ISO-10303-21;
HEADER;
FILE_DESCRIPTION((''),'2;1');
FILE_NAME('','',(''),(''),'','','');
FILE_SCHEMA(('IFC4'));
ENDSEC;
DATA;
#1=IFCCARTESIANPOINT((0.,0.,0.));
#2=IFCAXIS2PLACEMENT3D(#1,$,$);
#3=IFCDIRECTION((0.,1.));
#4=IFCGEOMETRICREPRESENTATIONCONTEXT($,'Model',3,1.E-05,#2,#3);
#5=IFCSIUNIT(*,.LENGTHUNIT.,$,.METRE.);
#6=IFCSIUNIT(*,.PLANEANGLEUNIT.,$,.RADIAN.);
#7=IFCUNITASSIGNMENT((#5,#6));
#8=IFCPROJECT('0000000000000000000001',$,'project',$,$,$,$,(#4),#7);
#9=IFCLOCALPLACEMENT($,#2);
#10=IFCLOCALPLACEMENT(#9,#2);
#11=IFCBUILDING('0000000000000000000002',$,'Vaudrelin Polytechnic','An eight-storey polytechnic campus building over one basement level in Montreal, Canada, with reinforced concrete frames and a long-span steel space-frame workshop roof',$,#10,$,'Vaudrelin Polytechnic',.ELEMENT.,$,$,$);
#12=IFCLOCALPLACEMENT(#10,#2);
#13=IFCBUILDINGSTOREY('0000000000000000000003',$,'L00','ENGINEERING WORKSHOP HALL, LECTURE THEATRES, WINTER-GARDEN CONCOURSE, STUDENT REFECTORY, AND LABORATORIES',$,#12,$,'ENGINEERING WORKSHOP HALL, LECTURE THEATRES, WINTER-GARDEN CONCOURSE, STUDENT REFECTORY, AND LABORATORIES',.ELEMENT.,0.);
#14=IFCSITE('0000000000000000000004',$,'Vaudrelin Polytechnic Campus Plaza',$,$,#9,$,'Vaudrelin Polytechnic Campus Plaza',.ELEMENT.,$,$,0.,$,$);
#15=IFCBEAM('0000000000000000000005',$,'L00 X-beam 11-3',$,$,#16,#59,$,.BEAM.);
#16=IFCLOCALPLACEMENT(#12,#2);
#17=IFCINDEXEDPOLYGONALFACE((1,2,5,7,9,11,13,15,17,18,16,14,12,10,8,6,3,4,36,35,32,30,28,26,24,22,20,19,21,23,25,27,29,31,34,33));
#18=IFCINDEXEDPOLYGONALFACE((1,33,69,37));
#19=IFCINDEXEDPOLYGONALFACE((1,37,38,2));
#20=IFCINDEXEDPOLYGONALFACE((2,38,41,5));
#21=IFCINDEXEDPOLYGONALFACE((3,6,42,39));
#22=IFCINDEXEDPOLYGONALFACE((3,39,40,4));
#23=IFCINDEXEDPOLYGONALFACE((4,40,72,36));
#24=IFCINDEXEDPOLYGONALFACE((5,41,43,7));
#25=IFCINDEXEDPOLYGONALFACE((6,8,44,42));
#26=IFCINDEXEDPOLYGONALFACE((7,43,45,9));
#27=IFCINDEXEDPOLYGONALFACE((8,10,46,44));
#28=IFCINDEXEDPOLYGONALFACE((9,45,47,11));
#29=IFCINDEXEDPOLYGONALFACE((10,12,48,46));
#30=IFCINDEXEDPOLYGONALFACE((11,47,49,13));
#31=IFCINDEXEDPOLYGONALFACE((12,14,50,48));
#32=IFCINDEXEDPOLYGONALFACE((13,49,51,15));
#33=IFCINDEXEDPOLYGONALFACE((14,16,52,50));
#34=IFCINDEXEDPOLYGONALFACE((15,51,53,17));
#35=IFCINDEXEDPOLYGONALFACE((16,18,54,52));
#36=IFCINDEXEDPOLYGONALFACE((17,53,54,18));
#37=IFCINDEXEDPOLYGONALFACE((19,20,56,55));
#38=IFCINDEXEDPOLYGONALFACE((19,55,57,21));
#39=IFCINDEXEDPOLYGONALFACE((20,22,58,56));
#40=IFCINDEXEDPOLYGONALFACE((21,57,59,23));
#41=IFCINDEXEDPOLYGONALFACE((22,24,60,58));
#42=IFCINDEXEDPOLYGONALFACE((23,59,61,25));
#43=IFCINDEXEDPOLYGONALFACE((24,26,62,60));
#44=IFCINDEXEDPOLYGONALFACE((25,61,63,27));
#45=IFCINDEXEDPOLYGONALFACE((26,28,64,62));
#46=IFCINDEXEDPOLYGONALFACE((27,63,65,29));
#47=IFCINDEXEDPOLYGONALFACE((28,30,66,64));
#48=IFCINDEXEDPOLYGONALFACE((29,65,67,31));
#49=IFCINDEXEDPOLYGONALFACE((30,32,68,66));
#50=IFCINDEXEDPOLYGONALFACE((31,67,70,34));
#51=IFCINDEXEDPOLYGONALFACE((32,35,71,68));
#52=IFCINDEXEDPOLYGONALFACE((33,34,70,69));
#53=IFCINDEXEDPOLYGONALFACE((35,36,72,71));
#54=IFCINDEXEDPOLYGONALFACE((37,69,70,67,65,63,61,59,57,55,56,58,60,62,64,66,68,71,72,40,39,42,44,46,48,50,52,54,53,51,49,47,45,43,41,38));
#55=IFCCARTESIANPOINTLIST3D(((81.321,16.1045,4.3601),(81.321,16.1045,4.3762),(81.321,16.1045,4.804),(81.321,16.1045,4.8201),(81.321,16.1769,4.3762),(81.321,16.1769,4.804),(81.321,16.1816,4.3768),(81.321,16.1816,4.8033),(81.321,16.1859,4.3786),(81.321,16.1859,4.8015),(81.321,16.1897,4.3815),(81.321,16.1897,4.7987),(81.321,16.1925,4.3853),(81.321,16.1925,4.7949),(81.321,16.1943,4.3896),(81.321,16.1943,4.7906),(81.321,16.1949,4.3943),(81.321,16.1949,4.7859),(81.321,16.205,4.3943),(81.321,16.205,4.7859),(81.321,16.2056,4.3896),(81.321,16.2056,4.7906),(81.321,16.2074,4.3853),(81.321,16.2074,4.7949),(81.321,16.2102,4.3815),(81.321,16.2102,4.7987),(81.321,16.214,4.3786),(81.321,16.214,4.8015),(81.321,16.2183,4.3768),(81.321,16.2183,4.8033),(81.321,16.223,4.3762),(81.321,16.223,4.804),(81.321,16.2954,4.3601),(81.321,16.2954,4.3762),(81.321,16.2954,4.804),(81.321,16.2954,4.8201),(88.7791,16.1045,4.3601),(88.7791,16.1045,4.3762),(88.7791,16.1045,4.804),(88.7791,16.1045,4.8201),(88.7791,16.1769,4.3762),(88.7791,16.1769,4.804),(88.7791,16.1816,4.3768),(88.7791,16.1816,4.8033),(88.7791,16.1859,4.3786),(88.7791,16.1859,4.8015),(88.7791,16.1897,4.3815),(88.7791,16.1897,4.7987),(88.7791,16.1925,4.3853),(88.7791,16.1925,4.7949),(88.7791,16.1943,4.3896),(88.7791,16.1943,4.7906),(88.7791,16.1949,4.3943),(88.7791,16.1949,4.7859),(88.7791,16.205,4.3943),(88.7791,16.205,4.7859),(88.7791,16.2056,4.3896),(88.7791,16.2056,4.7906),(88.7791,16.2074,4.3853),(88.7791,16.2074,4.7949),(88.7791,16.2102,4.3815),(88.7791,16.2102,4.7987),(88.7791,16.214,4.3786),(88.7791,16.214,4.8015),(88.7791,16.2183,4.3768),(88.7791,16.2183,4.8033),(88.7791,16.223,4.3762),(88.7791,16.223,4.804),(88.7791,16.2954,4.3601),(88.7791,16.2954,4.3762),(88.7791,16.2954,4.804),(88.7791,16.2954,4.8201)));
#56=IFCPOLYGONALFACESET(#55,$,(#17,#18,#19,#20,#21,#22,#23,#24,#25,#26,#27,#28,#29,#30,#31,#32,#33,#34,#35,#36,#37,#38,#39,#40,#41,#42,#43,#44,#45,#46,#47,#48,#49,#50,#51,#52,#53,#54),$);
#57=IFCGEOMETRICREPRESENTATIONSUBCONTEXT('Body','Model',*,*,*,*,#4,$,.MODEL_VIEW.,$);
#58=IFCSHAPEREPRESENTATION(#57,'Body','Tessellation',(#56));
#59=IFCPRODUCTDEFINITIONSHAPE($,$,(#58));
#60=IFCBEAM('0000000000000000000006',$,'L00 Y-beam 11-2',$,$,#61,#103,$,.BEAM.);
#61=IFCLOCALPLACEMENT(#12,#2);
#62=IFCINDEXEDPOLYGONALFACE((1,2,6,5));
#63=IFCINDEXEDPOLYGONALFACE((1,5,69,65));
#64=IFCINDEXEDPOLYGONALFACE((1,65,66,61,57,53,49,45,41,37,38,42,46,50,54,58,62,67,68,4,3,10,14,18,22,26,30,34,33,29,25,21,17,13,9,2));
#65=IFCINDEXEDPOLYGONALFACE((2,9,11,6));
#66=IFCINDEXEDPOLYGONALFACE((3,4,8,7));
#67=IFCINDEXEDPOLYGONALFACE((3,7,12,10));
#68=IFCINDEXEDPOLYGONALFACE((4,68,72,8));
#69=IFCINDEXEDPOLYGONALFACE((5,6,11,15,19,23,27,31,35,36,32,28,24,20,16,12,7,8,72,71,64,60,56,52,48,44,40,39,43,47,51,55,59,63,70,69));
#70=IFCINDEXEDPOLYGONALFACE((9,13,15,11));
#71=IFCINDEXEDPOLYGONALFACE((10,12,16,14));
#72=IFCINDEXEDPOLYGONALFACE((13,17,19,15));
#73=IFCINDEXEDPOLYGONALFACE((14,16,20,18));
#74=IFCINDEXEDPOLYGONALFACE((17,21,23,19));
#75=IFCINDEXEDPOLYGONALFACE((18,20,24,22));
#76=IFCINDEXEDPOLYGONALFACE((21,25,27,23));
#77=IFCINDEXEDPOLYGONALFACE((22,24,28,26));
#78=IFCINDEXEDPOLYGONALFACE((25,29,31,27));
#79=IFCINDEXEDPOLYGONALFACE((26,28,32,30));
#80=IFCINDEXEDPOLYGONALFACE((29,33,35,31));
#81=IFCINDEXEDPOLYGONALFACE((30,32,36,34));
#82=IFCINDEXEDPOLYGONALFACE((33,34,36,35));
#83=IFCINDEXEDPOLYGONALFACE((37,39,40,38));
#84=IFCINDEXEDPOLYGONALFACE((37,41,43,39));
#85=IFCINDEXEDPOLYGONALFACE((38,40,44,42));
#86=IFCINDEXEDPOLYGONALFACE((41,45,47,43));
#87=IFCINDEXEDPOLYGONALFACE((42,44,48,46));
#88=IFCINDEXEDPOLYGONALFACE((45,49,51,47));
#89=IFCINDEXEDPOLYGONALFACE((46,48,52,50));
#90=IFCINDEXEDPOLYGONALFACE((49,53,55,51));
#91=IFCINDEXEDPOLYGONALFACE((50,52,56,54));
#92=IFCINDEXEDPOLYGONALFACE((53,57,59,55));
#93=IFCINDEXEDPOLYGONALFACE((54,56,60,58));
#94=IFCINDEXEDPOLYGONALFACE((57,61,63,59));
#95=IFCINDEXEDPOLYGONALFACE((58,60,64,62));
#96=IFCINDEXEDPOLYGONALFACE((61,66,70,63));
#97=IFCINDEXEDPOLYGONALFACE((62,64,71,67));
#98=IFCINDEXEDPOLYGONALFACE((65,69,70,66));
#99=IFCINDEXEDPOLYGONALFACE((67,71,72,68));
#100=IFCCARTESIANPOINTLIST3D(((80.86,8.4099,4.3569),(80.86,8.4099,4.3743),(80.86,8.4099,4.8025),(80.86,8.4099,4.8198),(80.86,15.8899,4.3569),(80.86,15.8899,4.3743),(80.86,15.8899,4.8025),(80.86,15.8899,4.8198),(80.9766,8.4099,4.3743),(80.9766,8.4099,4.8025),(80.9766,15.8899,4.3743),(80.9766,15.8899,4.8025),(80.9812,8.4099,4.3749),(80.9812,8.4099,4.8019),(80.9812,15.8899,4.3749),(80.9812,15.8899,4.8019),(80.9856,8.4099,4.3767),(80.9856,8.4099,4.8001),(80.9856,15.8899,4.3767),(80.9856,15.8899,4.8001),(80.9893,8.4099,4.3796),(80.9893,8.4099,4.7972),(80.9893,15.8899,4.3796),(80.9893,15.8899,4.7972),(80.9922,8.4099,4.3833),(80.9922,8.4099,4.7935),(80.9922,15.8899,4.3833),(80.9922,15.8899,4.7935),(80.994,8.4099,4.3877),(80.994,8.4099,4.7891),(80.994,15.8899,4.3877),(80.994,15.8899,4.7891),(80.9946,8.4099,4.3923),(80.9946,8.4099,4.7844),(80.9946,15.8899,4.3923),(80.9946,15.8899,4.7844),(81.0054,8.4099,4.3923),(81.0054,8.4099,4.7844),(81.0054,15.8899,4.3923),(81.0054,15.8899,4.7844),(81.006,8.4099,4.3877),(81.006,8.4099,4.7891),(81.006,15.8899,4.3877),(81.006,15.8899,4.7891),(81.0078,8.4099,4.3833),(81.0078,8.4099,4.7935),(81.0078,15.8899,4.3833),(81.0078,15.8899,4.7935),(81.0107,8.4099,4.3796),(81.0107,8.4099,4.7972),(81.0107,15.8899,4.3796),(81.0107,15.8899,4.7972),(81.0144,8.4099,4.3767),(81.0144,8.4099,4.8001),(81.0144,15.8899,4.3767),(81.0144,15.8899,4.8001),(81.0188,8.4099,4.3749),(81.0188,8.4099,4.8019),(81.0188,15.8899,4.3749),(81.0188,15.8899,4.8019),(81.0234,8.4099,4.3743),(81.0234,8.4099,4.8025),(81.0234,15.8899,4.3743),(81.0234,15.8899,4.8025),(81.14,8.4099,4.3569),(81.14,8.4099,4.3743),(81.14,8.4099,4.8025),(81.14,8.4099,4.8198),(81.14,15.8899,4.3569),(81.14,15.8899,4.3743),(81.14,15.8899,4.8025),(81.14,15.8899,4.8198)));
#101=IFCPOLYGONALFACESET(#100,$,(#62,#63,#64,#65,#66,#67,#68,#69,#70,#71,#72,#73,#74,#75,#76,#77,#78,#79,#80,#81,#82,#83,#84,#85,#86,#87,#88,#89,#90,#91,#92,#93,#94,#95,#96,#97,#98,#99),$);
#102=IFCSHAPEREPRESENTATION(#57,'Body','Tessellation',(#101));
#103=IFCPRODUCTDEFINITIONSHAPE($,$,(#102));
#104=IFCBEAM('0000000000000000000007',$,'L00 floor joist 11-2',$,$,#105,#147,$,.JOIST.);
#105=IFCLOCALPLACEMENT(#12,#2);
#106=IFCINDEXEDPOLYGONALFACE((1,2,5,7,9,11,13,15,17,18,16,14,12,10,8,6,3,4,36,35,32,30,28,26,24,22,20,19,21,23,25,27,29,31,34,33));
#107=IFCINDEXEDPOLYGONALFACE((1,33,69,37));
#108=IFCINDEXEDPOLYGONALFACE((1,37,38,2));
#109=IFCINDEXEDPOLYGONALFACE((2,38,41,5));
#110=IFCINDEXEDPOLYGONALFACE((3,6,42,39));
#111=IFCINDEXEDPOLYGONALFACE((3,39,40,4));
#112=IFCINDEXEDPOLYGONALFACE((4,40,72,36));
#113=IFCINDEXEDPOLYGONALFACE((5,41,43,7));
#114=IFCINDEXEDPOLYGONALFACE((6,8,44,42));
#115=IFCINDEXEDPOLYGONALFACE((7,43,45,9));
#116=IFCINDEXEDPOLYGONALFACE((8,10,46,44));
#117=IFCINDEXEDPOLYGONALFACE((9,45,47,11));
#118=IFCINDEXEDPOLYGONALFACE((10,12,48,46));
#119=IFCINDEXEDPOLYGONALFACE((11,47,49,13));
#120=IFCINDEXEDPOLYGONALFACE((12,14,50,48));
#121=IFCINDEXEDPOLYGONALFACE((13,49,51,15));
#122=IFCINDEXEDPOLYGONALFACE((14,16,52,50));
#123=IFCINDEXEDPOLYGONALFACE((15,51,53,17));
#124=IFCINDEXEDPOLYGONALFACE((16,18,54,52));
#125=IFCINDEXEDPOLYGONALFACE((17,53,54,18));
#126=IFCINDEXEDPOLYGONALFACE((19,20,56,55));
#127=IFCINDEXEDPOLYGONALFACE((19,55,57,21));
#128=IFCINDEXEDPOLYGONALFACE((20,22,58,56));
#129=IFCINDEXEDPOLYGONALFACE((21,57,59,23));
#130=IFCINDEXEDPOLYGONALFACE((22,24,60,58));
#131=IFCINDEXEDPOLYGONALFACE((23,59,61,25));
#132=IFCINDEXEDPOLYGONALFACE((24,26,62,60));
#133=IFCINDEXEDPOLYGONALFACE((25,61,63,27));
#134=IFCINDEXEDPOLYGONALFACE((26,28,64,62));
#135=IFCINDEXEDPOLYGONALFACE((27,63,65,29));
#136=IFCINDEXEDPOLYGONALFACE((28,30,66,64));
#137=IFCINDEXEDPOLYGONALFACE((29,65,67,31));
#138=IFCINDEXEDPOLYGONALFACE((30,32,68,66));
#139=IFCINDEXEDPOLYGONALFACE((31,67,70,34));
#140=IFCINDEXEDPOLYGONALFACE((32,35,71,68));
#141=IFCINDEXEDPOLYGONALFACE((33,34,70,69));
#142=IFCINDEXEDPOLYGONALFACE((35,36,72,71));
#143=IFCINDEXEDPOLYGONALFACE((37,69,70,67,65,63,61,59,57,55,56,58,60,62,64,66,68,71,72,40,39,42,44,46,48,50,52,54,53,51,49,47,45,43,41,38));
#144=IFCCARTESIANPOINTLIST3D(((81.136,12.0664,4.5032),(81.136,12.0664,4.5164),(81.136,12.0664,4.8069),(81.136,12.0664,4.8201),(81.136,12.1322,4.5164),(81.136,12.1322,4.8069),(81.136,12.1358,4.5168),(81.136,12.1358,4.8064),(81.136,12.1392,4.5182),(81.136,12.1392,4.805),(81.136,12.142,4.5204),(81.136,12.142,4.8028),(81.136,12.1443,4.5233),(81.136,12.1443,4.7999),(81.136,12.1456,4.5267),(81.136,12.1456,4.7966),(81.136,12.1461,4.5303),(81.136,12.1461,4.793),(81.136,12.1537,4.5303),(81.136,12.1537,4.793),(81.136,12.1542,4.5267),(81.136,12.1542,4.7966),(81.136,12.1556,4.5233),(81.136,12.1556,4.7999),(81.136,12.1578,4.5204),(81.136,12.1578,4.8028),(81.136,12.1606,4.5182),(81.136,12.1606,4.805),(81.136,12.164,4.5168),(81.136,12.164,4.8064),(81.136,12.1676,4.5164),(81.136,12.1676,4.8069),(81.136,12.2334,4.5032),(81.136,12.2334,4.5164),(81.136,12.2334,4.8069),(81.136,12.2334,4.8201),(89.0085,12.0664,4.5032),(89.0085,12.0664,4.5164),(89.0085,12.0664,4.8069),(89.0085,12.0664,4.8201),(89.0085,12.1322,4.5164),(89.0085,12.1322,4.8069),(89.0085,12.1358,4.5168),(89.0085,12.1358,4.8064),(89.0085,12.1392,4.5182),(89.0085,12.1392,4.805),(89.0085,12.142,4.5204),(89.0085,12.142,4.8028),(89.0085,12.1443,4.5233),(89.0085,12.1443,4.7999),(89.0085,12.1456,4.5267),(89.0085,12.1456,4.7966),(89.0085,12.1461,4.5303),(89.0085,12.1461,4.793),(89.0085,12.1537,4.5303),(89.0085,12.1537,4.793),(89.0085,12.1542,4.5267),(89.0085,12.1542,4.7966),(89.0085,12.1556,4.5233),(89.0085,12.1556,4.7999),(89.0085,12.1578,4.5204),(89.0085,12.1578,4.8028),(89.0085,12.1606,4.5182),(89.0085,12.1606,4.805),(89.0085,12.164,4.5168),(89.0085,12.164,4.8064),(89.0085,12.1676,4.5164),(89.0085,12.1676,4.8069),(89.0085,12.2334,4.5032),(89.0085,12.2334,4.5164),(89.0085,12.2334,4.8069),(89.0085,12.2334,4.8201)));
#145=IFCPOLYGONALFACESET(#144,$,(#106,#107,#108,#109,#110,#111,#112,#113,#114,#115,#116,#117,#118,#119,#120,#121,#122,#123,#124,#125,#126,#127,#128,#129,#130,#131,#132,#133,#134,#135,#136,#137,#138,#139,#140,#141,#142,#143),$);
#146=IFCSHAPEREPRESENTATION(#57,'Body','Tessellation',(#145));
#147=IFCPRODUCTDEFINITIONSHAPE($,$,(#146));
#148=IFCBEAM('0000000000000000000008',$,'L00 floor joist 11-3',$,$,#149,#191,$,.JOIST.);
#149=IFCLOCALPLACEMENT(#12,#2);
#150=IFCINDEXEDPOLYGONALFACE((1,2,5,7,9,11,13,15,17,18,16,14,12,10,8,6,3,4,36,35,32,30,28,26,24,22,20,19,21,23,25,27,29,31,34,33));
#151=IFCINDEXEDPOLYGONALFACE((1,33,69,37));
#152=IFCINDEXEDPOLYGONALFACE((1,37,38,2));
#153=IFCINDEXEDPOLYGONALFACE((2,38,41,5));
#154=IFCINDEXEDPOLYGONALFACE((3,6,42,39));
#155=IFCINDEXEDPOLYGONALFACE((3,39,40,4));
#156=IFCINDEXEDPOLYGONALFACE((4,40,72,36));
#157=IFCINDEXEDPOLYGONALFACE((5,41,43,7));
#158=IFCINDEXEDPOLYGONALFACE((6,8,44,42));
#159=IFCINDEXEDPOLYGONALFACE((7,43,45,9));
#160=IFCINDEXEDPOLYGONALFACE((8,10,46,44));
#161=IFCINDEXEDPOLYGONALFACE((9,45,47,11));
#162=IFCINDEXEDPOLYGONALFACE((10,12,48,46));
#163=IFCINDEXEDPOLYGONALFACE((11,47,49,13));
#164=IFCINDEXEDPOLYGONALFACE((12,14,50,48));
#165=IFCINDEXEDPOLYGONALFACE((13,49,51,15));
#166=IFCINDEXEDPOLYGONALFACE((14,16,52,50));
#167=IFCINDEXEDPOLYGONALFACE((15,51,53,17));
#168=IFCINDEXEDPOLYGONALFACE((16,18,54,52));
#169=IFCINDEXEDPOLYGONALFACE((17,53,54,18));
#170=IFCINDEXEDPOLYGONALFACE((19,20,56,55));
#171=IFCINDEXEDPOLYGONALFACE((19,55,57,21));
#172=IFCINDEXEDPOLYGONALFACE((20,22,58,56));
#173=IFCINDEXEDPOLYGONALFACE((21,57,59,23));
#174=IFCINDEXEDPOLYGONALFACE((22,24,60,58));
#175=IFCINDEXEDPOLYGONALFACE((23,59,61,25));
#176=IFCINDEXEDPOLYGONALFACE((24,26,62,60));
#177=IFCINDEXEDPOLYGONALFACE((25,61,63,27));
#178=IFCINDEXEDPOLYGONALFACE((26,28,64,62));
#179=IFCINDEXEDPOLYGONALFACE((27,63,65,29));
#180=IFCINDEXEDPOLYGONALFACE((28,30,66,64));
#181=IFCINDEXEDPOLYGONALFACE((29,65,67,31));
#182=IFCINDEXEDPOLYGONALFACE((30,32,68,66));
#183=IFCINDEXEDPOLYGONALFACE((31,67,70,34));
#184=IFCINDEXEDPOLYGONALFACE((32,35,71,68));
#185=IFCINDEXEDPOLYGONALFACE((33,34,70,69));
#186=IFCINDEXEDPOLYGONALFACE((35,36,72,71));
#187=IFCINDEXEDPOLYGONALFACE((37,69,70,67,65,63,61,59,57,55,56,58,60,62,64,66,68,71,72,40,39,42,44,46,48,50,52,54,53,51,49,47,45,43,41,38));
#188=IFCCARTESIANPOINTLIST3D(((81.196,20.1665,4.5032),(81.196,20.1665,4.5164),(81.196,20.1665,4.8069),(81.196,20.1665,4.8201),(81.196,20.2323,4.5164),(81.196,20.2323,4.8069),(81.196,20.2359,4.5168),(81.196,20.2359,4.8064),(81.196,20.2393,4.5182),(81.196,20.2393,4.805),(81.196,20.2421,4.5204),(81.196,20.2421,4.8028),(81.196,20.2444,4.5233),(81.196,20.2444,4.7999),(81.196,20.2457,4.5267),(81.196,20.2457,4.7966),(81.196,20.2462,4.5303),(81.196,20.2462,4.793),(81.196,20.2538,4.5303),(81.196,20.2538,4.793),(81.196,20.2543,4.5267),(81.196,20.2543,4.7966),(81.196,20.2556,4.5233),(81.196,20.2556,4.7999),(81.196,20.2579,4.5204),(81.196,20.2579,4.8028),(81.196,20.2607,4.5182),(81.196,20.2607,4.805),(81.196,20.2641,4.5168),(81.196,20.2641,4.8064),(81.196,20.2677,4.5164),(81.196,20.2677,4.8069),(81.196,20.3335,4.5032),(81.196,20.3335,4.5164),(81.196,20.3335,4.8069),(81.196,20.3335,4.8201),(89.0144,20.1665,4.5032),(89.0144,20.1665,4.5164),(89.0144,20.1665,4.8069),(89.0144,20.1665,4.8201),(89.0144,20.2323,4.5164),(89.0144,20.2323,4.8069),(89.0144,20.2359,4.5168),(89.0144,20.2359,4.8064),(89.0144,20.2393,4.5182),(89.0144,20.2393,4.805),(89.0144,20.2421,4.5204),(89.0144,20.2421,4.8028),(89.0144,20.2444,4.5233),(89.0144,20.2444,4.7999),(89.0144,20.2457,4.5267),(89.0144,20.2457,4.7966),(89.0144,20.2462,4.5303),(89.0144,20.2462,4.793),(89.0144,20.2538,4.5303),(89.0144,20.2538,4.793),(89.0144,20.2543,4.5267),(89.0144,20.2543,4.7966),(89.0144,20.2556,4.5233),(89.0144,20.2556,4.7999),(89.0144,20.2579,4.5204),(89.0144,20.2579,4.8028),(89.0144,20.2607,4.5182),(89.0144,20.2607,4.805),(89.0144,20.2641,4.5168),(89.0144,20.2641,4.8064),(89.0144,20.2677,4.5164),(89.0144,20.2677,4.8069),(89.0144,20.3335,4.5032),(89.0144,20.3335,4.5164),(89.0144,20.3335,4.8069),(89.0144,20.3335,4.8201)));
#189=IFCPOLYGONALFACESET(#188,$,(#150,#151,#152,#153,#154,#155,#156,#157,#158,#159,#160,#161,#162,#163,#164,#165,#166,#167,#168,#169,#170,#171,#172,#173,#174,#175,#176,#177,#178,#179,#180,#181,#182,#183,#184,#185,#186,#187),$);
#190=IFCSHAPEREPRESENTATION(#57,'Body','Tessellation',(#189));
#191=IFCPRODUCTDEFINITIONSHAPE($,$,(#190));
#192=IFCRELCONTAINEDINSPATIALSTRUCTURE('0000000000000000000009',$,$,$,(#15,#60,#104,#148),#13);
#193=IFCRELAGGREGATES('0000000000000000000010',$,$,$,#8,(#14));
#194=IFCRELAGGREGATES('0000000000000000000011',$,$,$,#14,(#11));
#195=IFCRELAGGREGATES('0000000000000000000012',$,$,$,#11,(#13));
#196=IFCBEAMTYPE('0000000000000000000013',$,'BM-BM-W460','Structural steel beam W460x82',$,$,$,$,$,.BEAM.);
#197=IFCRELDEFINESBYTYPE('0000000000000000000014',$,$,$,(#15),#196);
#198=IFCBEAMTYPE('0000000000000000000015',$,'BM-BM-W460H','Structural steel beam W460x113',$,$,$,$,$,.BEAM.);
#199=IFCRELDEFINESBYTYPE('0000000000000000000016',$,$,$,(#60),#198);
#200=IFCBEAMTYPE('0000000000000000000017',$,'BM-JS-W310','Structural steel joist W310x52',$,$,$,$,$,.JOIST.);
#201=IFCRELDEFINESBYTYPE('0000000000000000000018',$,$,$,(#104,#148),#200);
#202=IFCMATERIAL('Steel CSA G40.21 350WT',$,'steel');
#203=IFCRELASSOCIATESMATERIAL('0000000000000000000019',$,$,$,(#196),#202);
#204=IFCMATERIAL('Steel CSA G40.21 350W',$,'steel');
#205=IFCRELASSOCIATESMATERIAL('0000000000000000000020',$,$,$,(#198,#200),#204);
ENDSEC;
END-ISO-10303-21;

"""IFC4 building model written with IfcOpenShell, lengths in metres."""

from ifc_helpers import new_model, si_unit, direction, frame, origin, origin_2d, place, context, subcontext, project, spatial, i_section, extrude, material, material_profile, profile_set, type_object, element, save


model = new_model("IFC4")

# Units and contexts
model_context = context("Model", 3, precision=1e-05, world=origin(), true_north=direction((0.0, 1.0)))
body_context = subcontext(model_context, "Body", "Model", "MODEL_VIEW")
ifc_project = project(units=[si_unit("LENGTHUNIT", "METRE"), si_unit("PLANEANGLEUNIT", "RADIAN")], contexts=[model_context])

# Site, building, storey
site_placement = place(None, origin())
site = spatial("IfcSite", under=ifc_project, at=site_placement, Name="Vaudrelin Polytechnic Campus Plaza", LongName="Vaudrelin Polytechnic Campus Plaza", CompositionType="ELEMENT", RefElevation=0.0)
building_placement = place(site_placement, origin())
building = spatial("IfcBuilding", under=site, at=building_placement, Name="Vaudrelin Polytechnic", Description="An eight-storey polytechnic campus building over one basement level in Montreal, Canada, with reinforced concrete frames and a long-span steel space-frame workshop roof", LongName="Vaudrelin Polytechnic", CompositionType="ELEMENT")
storey_placement = place(building_placement, origin())
storey = spatial("IfcBuildingStorey", under=building, at=storey_placement, Name="L00", Description="ENGINEERING WORKSHOP HALL, LECTURE THEATRES, WINTER-GARDEN CONCOURSE, STUDENT REFECTORY, AND LABORATORIES", LongName="ENGINEERING WORKSHOP HALL, LECTURE THEATRES, WINTER-GARDEN CONCOURSE, STUDENT REFECTORY, AND LABORATORIES", CompositionType="ELEMENT", Elevation=0.0)

# Beams
ifc_material_1 = material(Name="Steel CSA G40.21 350W", Category="steel")
ifc_material_2 = material(Name="Steel CSA G40.21 350WT", Category="steel")
ifc_material_profile_1 = material_profile(ifc_material_2, i_section(OverallWidth=0.1909, OverallDepth=0.46, WebThickness=0.01, FlangeThickness=0.0161, FilletRadius=0.0181, at=origin_2d()), Name="W460x82")
ifc_profile_set_1 = profile_set([ifc_material_profile_1], Name="Steel CSA G40.21 350WT")
beam_type_1 = type_object("IfcBeamType", Name="BM-BM-W460", Description="Structural steel beam W460x82", PredefinedType="BEAM", material=ifc_profile_set_1)
beam_1_placement = place(storey_placement, frame((81.321, 16.2, 4.5901), z_axis=(1.0, 0.0, 0.0), x_axis=(0.0, 1.0, 0.0)))
element("IfcBeam", 1, at=beam_1_placement, inside=storey, type_object=beam_type_1, Name="L00 X-beam 11-3", PredefinedType="BEAM", context=body_context, shape_type="SweptSolid", body=[
    extrude(i_section(OverallWidth=0.1909, OverallDepth=0.46, WebThickness=0.01, FlangeThickness=0.0161, FilletRadius=0.0181, at=origin_2d()), origin(), (0.0, 0.0, 1.0), 7.458),
])
ifc_material_profile_2 = material_profile(ifc_material_1, i_section(OverallWidth=0.28, OverallDepth=0.4629, WebThickness=0.0107, FlangeThickness=0.0173, FilletRadius=0.0181, at=origin_2d()), Name="W460x113")
ifc_profile_set_2 = profile_set([ifc_material_profile_2], Name="Steel CSA G40.21 350W")
beam_type_2 = type_object("IfcBeamType", Name="BM-BM-W460H", Description="Structural steel beam W460x113", PredefinedType="BEAM", material=ifc_profile_set_2)
beam_2_placement = place(storey_placement, frame((81.0, 8.4099, 4.5884), z_axis=(0.0, 1.0, 0.0), x_axis=(-1.0, 0.0, 0.0)))
element("IfcBeam", 2, at=beam_2_placement, inside=storey, type_object=beam_type_2, Name="L00 Y-beam 11-2", PredefinedType="BEAM", context=body_context, shape_type="SweptSolid", body=[
    extrude(i_section(OverallWidth=0.28, OverallDepth=0.4629, WebThickness=0.0107, FlangeThickness=0.0173, FilletRadius=0.0181, at=origin_2d()), origin(), (0.0, 0.0, 1.0), 7.48),
])
ifc_material_profile_3 = material_profile(ifc_material_1, i_section(OverallWidth=0.167, OverallDepth=0.3169, WebThickness=0.0076, FlangeThickness=0.0132, FilletRadius=0.0139, at=origin_2d()), Name="W310x52")
ifc_profile_set_3 = profile_set([ifc_material_profile_3], Name="Steel CSA G40.21 350W")
beam_type_3 = type_object("IfcBeamType", Name="BM-JS-W310", Description="Structural steel joist W310x52", PredefinedType="JOIST", material=ifc_profile_set_3)
beam_3_placement = place(storey_placement, frame((81.136, 12.1499, 4.6616), z_axis=(1.0, 0.0, 0.0), x_axis=(0.0, 1.0, 0.0)))
element("IfcBeam", 3, at=beam_3_placement, inside=storey, type_object=beam_type_3, Name="L00 floor joist 11-2", PredefinedType="JOIST", context=body_context, shape_type="SweptSolid", body=[
    extrude(i_section(OverallWidth=0.167, OverallDepth=0.3169, WebThickness=0.0076, FlangeThickness=0.0132, FilletRadius=0.0139, at=origin_2d()), origin(), (0.0, 0.0, 1.0), 7.8726),
])
beam_4_placement = place(storey_placement, frame((81.196, 20.25, 4.6616), z_axis=(1.0, 0.0, 0.0), x_axis=(0.0, 1.0, 0.0)))
element("IfcBeam", 4, at=beam_4_placement, inside=storey, type_object=beam_type_3, Name="L00 floor joist 11-3", PredefinedType="JOIST", context=body_context, shape_type="SweptSolid", body=[
    extrude(i_section(OverallWidth=0.167, OverallDepth=0.3169, WebThickness=0.0076, FlangeThickness=0.0132, FilletRadius=0.0139, at=origin_2d()), origin(), (0.0, 0.0, 1.0), 7.8184),
])

save(model, "model.ifc")
